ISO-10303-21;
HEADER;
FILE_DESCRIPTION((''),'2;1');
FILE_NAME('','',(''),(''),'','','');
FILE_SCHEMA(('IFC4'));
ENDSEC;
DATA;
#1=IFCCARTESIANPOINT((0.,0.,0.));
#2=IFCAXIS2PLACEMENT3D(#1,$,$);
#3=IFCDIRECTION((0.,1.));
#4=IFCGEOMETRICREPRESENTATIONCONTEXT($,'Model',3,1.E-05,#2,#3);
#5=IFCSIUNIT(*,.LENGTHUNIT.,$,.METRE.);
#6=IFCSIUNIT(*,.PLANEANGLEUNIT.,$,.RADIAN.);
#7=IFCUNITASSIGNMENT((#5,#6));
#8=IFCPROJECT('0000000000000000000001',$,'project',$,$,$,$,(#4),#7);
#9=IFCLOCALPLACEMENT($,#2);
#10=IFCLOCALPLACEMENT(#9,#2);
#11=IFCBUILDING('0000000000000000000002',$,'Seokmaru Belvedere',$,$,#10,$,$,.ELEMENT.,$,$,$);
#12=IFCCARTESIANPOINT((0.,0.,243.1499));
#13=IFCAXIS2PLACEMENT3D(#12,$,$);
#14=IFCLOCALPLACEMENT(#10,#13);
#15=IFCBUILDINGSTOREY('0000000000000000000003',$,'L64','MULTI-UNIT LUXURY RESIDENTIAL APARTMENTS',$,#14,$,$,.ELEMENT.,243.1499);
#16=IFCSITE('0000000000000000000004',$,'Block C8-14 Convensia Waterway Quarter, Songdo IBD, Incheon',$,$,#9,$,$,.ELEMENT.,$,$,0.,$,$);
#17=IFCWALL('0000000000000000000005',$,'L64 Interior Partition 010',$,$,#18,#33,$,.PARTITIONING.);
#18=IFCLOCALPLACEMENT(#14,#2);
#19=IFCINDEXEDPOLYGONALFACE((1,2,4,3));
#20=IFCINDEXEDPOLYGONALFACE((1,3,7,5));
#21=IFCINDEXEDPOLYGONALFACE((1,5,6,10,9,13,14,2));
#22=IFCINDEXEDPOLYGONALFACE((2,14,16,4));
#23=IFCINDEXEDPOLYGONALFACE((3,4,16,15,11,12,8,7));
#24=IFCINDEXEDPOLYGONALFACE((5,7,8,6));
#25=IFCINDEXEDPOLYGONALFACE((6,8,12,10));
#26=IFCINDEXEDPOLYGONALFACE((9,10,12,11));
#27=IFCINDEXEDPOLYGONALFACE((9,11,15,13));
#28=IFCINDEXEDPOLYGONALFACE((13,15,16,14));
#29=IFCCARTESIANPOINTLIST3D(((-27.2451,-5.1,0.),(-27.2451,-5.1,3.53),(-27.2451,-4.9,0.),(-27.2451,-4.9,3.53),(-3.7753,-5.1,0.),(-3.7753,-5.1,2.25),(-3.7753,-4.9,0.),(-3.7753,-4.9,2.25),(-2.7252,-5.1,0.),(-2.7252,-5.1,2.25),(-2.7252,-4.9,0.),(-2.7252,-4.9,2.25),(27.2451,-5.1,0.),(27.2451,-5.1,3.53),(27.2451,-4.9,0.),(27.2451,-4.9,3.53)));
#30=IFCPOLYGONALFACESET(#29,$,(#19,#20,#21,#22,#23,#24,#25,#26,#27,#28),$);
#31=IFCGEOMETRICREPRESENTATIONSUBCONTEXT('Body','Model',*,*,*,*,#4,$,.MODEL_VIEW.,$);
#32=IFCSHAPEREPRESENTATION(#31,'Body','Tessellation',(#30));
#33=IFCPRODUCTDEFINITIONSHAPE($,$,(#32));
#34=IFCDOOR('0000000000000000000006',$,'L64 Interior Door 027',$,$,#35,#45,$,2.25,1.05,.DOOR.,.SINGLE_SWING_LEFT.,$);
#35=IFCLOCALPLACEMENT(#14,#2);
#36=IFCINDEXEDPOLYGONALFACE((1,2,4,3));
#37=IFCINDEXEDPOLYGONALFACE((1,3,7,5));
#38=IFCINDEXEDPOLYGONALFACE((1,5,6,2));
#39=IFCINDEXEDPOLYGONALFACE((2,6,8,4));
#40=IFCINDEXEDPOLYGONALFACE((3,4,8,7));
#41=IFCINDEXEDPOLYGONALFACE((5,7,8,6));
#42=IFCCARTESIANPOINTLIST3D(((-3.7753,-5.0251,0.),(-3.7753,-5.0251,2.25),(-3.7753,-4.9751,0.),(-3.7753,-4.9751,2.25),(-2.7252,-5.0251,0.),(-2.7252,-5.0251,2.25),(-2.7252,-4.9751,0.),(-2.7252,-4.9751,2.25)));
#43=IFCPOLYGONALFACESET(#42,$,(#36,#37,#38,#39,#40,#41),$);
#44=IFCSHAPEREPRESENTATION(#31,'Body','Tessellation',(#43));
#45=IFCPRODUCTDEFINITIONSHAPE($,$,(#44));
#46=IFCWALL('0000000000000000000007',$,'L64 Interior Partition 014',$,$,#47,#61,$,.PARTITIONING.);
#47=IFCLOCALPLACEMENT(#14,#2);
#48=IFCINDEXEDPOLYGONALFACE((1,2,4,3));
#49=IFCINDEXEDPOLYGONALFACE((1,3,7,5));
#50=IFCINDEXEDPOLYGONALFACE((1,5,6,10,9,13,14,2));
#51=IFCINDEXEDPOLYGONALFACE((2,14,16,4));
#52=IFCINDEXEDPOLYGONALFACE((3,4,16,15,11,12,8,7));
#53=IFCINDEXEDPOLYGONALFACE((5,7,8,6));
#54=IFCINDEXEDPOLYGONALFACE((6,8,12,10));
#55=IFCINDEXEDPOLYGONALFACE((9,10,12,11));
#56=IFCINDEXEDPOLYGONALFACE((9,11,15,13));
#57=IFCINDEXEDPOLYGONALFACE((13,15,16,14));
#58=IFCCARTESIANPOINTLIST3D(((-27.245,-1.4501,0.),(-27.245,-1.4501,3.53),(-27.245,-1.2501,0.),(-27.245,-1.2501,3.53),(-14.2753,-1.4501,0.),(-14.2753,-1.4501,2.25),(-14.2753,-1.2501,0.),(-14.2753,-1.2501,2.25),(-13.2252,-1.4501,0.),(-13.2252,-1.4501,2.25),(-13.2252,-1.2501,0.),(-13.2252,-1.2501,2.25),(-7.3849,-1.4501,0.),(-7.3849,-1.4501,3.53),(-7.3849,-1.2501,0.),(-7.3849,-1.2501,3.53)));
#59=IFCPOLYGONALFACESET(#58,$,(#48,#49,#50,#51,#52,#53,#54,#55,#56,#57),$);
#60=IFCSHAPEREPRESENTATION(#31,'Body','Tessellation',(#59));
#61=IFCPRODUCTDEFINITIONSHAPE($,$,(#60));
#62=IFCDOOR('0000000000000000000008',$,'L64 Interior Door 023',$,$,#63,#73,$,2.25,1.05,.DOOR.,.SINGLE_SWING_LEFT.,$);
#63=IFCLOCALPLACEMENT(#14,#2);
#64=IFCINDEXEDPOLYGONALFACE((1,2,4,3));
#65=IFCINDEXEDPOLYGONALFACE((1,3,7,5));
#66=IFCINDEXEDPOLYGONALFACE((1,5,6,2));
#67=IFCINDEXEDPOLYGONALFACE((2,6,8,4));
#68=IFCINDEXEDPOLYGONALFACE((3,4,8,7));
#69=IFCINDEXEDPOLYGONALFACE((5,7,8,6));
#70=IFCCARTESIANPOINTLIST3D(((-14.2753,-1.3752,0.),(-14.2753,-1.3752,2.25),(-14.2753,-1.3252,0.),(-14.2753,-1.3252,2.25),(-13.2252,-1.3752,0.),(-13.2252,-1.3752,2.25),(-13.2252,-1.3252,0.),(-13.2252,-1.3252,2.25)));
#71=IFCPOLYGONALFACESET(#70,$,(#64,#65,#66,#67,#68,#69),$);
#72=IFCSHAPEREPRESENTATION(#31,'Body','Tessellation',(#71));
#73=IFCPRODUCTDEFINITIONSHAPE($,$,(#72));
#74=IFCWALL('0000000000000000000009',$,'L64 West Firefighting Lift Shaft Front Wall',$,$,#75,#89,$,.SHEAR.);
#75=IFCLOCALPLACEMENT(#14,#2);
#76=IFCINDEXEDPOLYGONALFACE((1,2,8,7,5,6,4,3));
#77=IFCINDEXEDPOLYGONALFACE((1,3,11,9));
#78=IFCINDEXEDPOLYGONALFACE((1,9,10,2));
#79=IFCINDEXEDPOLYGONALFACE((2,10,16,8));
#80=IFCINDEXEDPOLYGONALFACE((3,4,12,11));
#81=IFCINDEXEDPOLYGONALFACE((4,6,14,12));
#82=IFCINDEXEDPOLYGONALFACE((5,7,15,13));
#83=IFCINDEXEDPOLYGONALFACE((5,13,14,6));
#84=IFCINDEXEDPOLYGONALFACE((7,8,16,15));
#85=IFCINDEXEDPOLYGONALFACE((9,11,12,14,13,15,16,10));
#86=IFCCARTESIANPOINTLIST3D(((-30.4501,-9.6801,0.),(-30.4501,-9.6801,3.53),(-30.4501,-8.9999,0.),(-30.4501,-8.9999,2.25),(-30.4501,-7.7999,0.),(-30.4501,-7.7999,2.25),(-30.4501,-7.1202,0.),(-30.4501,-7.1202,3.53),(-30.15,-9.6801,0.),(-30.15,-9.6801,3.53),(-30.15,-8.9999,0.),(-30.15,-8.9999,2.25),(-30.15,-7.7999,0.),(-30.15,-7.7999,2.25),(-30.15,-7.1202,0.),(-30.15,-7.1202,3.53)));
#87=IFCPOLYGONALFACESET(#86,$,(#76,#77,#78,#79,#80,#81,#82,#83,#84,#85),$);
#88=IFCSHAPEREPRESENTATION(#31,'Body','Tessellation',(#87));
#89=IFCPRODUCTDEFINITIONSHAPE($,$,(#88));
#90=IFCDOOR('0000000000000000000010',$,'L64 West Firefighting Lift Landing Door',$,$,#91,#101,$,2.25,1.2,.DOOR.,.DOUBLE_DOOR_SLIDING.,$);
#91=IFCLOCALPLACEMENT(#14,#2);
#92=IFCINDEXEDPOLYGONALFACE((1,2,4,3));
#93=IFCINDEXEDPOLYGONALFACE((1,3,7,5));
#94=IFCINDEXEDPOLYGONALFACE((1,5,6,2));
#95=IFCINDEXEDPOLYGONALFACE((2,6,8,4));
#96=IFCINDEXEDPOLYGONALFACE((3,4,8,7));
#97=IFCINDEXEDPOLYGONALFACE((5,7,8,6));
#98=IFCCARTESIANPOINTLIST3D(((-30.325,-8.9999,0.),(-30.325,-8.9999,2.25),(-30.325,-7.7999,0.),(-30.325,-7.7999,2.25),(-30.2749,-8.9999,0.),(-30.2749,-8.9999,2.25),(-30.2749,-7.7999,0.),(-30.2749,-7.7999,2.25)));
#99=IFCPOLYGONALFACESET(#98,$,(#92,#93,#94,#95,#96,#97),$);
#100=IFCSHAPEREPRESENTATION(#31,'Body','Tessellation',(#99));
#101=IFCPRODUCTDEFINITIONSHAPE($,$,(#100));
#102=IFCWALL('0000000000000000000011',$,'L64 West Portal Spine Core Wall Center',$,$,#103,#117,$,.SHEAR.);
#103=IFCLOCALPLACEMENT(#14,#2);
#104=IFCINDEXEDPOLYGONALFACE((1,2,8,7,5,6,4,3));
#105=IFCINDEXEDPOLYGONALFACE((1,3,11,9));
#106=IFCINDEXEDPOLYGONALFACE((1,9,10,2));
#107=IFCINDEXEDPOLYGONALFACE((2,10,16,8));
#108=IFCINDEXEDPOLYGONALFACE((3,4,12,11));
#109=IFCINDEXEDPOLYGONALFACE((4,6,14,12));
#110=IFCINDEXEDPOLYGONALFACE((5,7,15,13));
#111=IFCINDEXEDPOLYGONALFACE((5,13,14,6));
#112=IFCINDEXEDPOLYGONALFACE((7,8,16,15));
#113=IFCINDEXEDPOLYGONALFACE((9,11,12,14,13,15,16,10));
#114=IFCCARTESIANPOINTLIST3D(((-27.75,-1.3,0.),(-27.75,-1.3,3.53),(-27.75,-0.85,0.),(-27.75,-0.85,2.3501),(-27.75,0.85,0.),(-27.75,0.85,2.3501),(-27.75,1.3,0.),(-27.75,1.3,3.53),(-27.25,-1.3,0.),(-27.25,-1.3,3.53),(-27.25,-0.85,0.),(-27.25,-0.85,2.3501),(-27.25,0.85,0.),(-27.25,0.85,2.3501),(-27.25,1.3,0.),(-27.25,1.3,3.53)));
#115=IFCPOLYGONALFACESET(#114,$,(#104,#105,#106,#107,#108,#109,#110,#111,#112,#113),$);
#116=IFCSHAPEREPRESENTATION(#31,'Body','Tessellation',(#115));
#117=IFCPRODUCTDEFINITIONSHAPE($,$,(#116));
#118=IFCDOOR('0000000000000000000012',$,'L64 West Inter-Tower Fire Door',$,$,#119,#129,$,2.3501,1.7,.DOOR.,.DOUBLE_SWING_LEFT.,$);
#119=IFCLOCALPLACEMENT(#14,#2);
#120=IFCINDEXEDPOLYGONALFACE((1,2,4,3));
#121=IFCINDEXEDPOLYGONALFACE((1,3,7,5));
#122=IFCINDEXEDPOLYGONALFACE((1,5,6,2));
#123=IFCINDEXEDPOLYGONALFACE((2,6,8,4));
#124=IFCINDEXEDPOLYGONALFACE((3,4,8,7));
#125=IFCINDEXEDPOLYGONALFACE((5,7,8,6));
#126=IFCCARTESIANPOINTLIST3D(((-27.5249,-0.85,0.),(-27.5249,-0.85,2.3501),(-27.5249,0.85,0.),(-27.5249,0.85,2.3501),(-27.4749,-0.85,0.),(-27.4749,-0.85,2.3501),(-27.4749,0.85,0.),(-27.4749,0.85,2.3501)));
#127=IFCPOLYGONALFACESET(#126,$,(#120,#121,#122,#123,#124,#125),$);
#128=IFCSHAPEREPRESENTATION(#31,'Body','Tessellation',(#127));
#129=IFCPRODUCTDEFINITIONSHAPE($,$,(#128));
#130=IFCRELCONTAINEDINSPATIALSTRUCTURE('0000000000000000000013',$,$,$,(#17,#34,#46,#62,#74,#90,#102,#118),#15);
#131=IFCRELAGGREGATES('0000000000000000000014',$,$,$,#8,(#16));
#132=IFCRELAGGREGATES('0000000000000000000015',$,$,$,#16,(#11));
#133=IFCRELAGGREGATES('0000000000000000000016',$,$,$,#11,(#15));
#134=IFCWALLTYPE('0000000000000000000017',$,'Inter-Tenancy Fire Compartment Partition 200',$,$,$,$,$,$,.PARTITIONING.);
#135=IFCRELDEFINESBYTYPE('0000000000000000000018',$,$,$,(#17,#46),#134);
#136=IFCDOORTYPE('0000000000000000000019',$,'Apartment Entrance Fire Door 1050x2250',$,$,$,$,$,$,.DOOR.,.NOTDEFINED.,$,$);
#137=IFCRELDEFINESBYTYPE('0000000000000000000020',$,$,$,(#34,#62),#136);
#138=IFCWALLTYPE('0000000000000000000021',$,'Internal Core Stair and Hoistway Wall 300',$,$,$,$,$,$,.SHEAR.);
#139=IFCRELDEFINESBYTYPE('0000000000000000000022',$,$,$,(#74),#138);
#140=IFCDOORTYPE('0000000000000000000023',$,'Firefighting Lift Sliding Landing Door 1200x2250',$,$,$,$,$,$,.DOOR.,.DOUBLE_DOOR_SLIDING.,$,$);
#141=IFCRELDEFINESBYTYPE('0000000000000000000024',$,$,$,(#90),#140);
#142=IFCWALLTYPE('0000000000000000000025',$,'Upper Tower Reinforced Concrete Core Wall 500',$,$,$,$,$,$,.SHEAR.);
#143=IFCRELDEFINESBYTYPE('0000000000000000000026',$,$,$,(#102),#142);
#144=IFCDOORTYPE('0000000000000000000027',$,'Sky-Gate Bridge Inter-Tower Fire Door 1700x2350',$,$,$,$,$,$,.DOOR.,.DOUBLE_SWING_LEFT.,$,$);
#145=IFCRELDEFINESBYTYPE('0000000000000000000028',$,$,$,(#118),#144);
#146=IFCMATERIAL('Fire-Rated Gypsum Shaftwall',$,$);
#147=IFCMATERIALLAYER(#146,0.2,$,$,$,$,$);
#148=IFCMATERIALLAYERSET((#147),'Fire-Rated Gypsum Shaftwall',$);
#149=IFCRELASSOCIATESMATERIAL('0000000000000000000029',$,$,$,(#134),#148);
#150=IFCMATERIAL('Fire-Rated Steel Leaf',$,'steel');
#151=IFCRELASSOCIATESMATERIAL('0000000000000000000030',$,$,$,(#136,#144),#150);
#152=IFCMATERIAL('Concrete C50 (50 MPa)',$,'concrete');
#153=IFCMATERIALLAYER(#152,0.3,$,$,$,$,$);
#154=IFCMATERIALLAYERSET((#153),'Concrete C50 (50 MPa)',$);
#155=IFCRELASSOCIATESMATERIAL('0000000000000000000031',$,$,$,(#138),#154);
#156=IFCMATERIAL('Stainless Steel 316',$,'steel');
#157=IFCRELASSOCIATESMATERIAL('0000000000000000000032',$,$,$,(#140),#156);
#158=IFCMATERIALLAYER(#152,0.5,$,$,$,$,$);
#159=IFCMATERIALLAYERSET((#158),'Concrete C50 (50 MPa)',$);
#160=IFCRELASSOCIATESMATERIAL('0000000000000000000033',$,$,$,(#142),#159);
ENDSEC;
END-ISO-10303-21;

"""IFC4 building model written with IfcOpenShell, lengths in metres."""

from ifc_helpers import new_model, si_unit, direction, frame, frame_2d, origin, place, context, subcontext, project, spatial, rectangle, extrude, source, transform, mapped, material, layer, layer_set, type_object, type_shapes, element, fill, save


model = new_model("IFC4")

# Units and contexts
model_context = context("Model", 3, precision=1e-05, world=origin(), true_north=direction((0.0, 1.0)))
body_context = subcontext(model_context, "Body", "Model", "MODEL_VIEW")
ifc_project = project(units=[si_unit("LENGTHUNIT", "METRE"), si_unit("PLANEANGLEUNIT", "RADIAN")], contexts=[model_context])

# Site, building, storey
site_placement = place(None, origin())
site = spatial("IfcSite", under=ifc_project, at=site_placement, Name="Block C8-14 Convensia Waterway Quarter, Songdo IBD, Incheon", CompositionType="ELEMENT", RefElevation=0.0)
building_placement = place(site_placement, origin())
building = spatial("IfcBuilding", under=site, at=building_placement, Name="Seokmaru Belvedere", CompositionType="ELEMENT")
storey_placement = place(building_placement, frame((0.0, 0.0, 243.1499)))
storey = spatial("IfcBuildingStorey", under=building, at=storey_placement, Name="L64", Description="MULTI-UNIT LUXURY RESIDENTIAL APARTMENTS", CompositionType="ELEMENT", Elevation=243.1499)

# Shared definitions
ifc_material_1 = material(Name="Fire-Rated Gypsum Shaftwall")
ifc_material_2 = material(Name="Fire-Rated Steel Leaf", Category="steel")

# Shared definitions
ifc_material_3 = material(Name="Concrete C50 (50 MPa)", Category="concrete")

# Walls, openings, doors
ifc_layer_1 = layer(ifc_material_1, 0.2)
ifc_layer_set_1 = layer_set([ifc_layer_1], Name="Fire-Rated Gypsum Shaftwall")
wall_type_1 = type_object("IfcWallType", Name="Inter-Tenancy Fire Compartment Partition 200", PredefinedType="PARTITIONING", material=ifc_layer_set_1)
wall_1_placement = place(storey_placement, frame((-27.2451, -5.0, 0.0), z_axis=(0.0, 0.0, 1.0), x_axis=(1.0, 0.0, 0.0)))
wall_1 = element("IfcWall", 1, at=wall_1_placement, inside=storey, type_object=wall_type_1, Name="L64 Interior Partition 010", PredefinedType="PARTITIONING", context=body_context, shape_type="SweptSolid", body=[
    extrude(rectangle(XDim=54.4902, YDim=0.2, at=frame_2d((27.2451, 0.0))), origin(), (0.0, 0.0, 1.0), 3.53),
])
opening_1_placement = place(wall_1_placement, frame((23.47, 0.0, 0.0)))
opening_1 = element("IfcOpeningElement", 2, at=opening_1_placement, cuts=wall_1, PredefinedType="OPENING", context=body_context, shape_type="SweptSolid", body=[
    extrude(rectangle(XDim=1.05, YDim=2.25, at=frame_2d((0.5249, 1.125))), frame((0.0, 0.1099, 0.0), z_axis=(0.0, -1.0, 0.0), x_axis=(1.0, 0.0, 0.0)), (0.0, 0.0, 1.0), 0.22),
])
door_type_1 = type_object("IfcDoorType", Name="Apartment Entrance Fire Door 1050x2250", OperationType="NOTDEFINED", PredefinedType="DOOR", material=ifc_material_2)
shared_shape_1 = source(origin(), body_context, "Body", "SweptSolid", [
    extrude(rectangle(XDim=1.05, YDim=2.25, at=frame_2d((0.5249, 1.125))), frame((0.0, 0.0249, 0.0), z_axis=(0.0, -1.0, 0.0), x_axis=(1.0, 0.0, 0.0)), (0.0, 0.0, 1.0), 0.05),
])
type_shapes(door_type_1, [shared_shape_1])
door_1_placement = place(opening_1_placement, origin())
door_1 = element("IfcDoor", 3, at=door_1_placement, inside=storey, type_object=door_type_1, Name="L64 Interior Door 027", OperationType="SINGLE_SWING_LEFT", OverallHeight=2.25, OverallWidth=1.05, PredefinedType="DOOR", context=body_context, shape_type="MappedRepresentation", body=[
    mapped(shared_shape_1, transform((0.0, 0.0, 0.0), scale=1.0)),
])
fill(opening_1, door_1)
wall_2_placement = place(storey_placement, frame((-27.2451, -1.3501, 0.0), z_axis=(0.0, 0.0, 1.0), x_axis=(1.0, 0.0, 0.0)))
wall_2 = element("IfcWall", 4, at=wall_2_placement, inside=storey, type_object=wall_type_1, Name="L64 Interior Partition 014", PredefinedType="PARTITIONING", context=body_context, shape_type="SweptSolid", body=[
    extrude(rectangle(XDim=19.8601, YDim=0.2, at=frame_2d((9.9302, 0.0))), origin(), (0.0, 0.0, 1.0), 3.53),
])
opening_2_placement = place(wall_2_placement, frame((12.97, 0.0, 0.0)))
opening_2 = element("IfcOpeningElement", 5, at=opening_2_placement, cuts=wall_2, PredefinedType="OPENING", context=body_context, shape_type="SweptSolid", body=[
    extrude(rectangle(XDim=1.05, YDim=2.25, at=frame_2d((0.5249, 1.125))), frame((0.0, 0.1099, 0.0), z_axis=(0.0, -1.0, 0.0), x_axis=(1.0, 0.0, 0.0)), (0.0, 0.0, 1.0), 0.22),
])
door_2_placement = place(opening_2_placement, origin())
door_2 = element("IfcDoor", 6, at=door_2_placement, inside=storey, type_object=door_type_1, Name="L64 Interior Door 023", OperationType="SINGLE_SWING_LEFT", OverallHeight=2.25, OverallWidth=1.05, PredefinedType="DOOR", context=body_context, shape_type="MappedRepresentation", body=[
    mapped(shared_shape_1, transform((0.0, 0.0, 0.0), scale=1.0)),
])
fill(opening_2, door_2)
ifc_layer_2 = layer(ifc_material_3, 0.3)
ifc_layer_set_2 = layer_set([ifc_layer_2], Name="Concrete C50 (50 MPa)")
wall_type_2 = type_object("IfcWallType", Name="Internal Core Stair and Hoistway Wall 300", PredefinedType="SHEAR", material=ifc_layer_set_2)
wall_3_placement = place(storey_placement, frame((-30.3, -9.6799, 0.0), z_axis=(0.0, 0.0, 1.0), x_axis=(0.0, 1.0, 0.0)))
wall_3 = element("IfcWall", 7, at=wall_3_placement, inside=storey, type_object=wall_type_2, Name="L64 West Firefighting Lift Shaft Front Wall", PredefinedType="SHEAR", context=body_context, shape_type="SweptSolid", body=[
    extrude(rectangle(XDim=2.5598, YDim=0.3, at=frame_2d((1.2798, 0.0))), origin(), (0.0, 0.0, 1.0), 3.53),
])
opening_3_placement = place(wall_3_placement, frame((0.6799, 0.0, 0.0)))
opening_3 = element("IfcOpeningElement", 8, at=opening_3_placement, cuts=wall_3, PredefinedType="OPENING", context=body_context, shape_type="SweptSolid", body=[
    extrude(rectangle(XDim=1.2, YDim=2.25, at=frame_2d((0.6001, 1.125))), frame((0.0, 0.1602, 0.0), z_axis=(0.0, -1.0, 0.0), x_axis=(1.0, 0.0, 0.0)), (0.0, 0.0, 1.0), 0.3201),
])
ifc_material_4 = material(Name="Stainless Steel 316", Category="steel")
door_type_2 = type_object("IfcDoorType", Name="Firefighting Lift Sliding Landing Door 1200x2250", OperationType="DOUBLE_DOOR_SLIDING", PredefinedType="DOOR", material=ifc_material_4)
shared_shape_2 = source(origin(), body_context, "Body", "SweptSolid", [
    extrude(rectangle(XDim=1.2, YDim=2.25, at=frame_2d((0.6001, 1.125))), frame((0.0, 0.0249, 0.0), z_axis=(0.0, -1.0, 0.0), x_axis=(1.0, 0.0, 0.0)), (0.0, 0.0, 1.0), 0.05),
])
type_shapes(door_type_2, [shared_shape_2])
door_3_placement = place(opening_3_placement, origin())
door_3 = element("IfcDoor", 9, at=door_3_placement, inside=storey, type_object=door_type_2, Name="L64 West Firefighting Lift Landing Door", OperationType="DOUBLE_DOOR_SLIDING", OverallHeight=2.25, OverallWidth=1.2, PredefinedType="DOOR", context=body_context, shape_type="MappedRepresentation", body=[
    mapped(shared_shape_2, transform((0.0, 0.0, 0.0), scale=1.0)),
])
fill(opening_3, door_3)
ifc_layer_3 = layer(ifc_material_3, 0.5)
ifc_layer_set_3 = layer_set([ifc_layer_3], Name="Concrete C50 (50 MPa)")
wall_type_3 = type_object("IfcWallType", Name="Upper Tower Reinforced Concrete Core Wall 500", PredefinedType="SHEAR", material=ifc_layer_set_3)
wall_4_placement = place(storey_placement, frame((-27.5, -1.3, 0.0), z_axis=(0.0, 0.0, 1.0), x_axis=(0.0, 1.0, 0.0)))
wall_4 = element("IfcWall", 10, at=wall_4_placement, inside=storey, type_object=wall_type_3, Name="L64 West Portal Spine Core Wall Center", PredefinedType="SHEAR", context=body_context, shape_type="SweptSolid", body=[
    extrude(rectangle(XDim=2.6001, YDim=0.5, at=frame_2d((1.3, 0.0))), origin(), (0.0, 0.0, 1.0), 3.53),
])
opening_4_placement = place(wall_4_placement, frame((0.45, 0.0, 0.0)))
opening_4 = element("IfcOpeningElement", 11, at=opening_4_placement, cuts=wall_4, PredefinedType="OPENING", context=body_context, shape_type="SweptSolid", body=[
    extrude(rectangle(XDim=1.7, YDim=2.3501, at=frame_2d((0.8501, 1.175))), frame((0.0, 0.26, 0.0), z_axis=(0.0, -1.0, 0.0), x_axis=(1.0, 0.0, 0.0)), (0.0, 0.0, 1.0), 0.52),
])
door_type_3 = type_object("IfcDoorType", Name="Sky-Gate Bridge Inter-Tower Fire Door 1700x2350", OperationType="DOUBLE_SWING_LEFT", PredefinedType="DOOR", material=ifc_material_2)
shared_shape_3 = source(origin(), body_context, "Body", "SweptSolid", [
    extrude(rectangle(XDim=1.7, YDim=2.3501, at=frame_2d((0.8501, 1.175))), frame((0.0, 0.0249, 0.0), z_axis=(0.0, -1.0, 0.0), x_axis=(1.0, 0.0, 0.0)), (0.0, 0.0, 1.0), 0.05),
])
type_shapes(door_type_3, [shared_shape_3])
door_4_placement = place(opening_4_placement, origin())
door_4 = element("IfcDoor", 12, at=door_4_placement, inside=storey, type_object=door_type_3, Name="L64 West Inter-Tower Fire Door", OperationType="DOUBLE_SWING_LEFT", OverallHeight=2.3501, OverallWidth=1.7, PredefinedType="DOOR", context=body_context, shape_type="MappedRepresentation", body=[
    mapped(shared_shape_3, transform((0.0, 0.0, 0.0), scale=1.0)),
])
fill(opening_4, door_4)

save(model, "model.ifc")
